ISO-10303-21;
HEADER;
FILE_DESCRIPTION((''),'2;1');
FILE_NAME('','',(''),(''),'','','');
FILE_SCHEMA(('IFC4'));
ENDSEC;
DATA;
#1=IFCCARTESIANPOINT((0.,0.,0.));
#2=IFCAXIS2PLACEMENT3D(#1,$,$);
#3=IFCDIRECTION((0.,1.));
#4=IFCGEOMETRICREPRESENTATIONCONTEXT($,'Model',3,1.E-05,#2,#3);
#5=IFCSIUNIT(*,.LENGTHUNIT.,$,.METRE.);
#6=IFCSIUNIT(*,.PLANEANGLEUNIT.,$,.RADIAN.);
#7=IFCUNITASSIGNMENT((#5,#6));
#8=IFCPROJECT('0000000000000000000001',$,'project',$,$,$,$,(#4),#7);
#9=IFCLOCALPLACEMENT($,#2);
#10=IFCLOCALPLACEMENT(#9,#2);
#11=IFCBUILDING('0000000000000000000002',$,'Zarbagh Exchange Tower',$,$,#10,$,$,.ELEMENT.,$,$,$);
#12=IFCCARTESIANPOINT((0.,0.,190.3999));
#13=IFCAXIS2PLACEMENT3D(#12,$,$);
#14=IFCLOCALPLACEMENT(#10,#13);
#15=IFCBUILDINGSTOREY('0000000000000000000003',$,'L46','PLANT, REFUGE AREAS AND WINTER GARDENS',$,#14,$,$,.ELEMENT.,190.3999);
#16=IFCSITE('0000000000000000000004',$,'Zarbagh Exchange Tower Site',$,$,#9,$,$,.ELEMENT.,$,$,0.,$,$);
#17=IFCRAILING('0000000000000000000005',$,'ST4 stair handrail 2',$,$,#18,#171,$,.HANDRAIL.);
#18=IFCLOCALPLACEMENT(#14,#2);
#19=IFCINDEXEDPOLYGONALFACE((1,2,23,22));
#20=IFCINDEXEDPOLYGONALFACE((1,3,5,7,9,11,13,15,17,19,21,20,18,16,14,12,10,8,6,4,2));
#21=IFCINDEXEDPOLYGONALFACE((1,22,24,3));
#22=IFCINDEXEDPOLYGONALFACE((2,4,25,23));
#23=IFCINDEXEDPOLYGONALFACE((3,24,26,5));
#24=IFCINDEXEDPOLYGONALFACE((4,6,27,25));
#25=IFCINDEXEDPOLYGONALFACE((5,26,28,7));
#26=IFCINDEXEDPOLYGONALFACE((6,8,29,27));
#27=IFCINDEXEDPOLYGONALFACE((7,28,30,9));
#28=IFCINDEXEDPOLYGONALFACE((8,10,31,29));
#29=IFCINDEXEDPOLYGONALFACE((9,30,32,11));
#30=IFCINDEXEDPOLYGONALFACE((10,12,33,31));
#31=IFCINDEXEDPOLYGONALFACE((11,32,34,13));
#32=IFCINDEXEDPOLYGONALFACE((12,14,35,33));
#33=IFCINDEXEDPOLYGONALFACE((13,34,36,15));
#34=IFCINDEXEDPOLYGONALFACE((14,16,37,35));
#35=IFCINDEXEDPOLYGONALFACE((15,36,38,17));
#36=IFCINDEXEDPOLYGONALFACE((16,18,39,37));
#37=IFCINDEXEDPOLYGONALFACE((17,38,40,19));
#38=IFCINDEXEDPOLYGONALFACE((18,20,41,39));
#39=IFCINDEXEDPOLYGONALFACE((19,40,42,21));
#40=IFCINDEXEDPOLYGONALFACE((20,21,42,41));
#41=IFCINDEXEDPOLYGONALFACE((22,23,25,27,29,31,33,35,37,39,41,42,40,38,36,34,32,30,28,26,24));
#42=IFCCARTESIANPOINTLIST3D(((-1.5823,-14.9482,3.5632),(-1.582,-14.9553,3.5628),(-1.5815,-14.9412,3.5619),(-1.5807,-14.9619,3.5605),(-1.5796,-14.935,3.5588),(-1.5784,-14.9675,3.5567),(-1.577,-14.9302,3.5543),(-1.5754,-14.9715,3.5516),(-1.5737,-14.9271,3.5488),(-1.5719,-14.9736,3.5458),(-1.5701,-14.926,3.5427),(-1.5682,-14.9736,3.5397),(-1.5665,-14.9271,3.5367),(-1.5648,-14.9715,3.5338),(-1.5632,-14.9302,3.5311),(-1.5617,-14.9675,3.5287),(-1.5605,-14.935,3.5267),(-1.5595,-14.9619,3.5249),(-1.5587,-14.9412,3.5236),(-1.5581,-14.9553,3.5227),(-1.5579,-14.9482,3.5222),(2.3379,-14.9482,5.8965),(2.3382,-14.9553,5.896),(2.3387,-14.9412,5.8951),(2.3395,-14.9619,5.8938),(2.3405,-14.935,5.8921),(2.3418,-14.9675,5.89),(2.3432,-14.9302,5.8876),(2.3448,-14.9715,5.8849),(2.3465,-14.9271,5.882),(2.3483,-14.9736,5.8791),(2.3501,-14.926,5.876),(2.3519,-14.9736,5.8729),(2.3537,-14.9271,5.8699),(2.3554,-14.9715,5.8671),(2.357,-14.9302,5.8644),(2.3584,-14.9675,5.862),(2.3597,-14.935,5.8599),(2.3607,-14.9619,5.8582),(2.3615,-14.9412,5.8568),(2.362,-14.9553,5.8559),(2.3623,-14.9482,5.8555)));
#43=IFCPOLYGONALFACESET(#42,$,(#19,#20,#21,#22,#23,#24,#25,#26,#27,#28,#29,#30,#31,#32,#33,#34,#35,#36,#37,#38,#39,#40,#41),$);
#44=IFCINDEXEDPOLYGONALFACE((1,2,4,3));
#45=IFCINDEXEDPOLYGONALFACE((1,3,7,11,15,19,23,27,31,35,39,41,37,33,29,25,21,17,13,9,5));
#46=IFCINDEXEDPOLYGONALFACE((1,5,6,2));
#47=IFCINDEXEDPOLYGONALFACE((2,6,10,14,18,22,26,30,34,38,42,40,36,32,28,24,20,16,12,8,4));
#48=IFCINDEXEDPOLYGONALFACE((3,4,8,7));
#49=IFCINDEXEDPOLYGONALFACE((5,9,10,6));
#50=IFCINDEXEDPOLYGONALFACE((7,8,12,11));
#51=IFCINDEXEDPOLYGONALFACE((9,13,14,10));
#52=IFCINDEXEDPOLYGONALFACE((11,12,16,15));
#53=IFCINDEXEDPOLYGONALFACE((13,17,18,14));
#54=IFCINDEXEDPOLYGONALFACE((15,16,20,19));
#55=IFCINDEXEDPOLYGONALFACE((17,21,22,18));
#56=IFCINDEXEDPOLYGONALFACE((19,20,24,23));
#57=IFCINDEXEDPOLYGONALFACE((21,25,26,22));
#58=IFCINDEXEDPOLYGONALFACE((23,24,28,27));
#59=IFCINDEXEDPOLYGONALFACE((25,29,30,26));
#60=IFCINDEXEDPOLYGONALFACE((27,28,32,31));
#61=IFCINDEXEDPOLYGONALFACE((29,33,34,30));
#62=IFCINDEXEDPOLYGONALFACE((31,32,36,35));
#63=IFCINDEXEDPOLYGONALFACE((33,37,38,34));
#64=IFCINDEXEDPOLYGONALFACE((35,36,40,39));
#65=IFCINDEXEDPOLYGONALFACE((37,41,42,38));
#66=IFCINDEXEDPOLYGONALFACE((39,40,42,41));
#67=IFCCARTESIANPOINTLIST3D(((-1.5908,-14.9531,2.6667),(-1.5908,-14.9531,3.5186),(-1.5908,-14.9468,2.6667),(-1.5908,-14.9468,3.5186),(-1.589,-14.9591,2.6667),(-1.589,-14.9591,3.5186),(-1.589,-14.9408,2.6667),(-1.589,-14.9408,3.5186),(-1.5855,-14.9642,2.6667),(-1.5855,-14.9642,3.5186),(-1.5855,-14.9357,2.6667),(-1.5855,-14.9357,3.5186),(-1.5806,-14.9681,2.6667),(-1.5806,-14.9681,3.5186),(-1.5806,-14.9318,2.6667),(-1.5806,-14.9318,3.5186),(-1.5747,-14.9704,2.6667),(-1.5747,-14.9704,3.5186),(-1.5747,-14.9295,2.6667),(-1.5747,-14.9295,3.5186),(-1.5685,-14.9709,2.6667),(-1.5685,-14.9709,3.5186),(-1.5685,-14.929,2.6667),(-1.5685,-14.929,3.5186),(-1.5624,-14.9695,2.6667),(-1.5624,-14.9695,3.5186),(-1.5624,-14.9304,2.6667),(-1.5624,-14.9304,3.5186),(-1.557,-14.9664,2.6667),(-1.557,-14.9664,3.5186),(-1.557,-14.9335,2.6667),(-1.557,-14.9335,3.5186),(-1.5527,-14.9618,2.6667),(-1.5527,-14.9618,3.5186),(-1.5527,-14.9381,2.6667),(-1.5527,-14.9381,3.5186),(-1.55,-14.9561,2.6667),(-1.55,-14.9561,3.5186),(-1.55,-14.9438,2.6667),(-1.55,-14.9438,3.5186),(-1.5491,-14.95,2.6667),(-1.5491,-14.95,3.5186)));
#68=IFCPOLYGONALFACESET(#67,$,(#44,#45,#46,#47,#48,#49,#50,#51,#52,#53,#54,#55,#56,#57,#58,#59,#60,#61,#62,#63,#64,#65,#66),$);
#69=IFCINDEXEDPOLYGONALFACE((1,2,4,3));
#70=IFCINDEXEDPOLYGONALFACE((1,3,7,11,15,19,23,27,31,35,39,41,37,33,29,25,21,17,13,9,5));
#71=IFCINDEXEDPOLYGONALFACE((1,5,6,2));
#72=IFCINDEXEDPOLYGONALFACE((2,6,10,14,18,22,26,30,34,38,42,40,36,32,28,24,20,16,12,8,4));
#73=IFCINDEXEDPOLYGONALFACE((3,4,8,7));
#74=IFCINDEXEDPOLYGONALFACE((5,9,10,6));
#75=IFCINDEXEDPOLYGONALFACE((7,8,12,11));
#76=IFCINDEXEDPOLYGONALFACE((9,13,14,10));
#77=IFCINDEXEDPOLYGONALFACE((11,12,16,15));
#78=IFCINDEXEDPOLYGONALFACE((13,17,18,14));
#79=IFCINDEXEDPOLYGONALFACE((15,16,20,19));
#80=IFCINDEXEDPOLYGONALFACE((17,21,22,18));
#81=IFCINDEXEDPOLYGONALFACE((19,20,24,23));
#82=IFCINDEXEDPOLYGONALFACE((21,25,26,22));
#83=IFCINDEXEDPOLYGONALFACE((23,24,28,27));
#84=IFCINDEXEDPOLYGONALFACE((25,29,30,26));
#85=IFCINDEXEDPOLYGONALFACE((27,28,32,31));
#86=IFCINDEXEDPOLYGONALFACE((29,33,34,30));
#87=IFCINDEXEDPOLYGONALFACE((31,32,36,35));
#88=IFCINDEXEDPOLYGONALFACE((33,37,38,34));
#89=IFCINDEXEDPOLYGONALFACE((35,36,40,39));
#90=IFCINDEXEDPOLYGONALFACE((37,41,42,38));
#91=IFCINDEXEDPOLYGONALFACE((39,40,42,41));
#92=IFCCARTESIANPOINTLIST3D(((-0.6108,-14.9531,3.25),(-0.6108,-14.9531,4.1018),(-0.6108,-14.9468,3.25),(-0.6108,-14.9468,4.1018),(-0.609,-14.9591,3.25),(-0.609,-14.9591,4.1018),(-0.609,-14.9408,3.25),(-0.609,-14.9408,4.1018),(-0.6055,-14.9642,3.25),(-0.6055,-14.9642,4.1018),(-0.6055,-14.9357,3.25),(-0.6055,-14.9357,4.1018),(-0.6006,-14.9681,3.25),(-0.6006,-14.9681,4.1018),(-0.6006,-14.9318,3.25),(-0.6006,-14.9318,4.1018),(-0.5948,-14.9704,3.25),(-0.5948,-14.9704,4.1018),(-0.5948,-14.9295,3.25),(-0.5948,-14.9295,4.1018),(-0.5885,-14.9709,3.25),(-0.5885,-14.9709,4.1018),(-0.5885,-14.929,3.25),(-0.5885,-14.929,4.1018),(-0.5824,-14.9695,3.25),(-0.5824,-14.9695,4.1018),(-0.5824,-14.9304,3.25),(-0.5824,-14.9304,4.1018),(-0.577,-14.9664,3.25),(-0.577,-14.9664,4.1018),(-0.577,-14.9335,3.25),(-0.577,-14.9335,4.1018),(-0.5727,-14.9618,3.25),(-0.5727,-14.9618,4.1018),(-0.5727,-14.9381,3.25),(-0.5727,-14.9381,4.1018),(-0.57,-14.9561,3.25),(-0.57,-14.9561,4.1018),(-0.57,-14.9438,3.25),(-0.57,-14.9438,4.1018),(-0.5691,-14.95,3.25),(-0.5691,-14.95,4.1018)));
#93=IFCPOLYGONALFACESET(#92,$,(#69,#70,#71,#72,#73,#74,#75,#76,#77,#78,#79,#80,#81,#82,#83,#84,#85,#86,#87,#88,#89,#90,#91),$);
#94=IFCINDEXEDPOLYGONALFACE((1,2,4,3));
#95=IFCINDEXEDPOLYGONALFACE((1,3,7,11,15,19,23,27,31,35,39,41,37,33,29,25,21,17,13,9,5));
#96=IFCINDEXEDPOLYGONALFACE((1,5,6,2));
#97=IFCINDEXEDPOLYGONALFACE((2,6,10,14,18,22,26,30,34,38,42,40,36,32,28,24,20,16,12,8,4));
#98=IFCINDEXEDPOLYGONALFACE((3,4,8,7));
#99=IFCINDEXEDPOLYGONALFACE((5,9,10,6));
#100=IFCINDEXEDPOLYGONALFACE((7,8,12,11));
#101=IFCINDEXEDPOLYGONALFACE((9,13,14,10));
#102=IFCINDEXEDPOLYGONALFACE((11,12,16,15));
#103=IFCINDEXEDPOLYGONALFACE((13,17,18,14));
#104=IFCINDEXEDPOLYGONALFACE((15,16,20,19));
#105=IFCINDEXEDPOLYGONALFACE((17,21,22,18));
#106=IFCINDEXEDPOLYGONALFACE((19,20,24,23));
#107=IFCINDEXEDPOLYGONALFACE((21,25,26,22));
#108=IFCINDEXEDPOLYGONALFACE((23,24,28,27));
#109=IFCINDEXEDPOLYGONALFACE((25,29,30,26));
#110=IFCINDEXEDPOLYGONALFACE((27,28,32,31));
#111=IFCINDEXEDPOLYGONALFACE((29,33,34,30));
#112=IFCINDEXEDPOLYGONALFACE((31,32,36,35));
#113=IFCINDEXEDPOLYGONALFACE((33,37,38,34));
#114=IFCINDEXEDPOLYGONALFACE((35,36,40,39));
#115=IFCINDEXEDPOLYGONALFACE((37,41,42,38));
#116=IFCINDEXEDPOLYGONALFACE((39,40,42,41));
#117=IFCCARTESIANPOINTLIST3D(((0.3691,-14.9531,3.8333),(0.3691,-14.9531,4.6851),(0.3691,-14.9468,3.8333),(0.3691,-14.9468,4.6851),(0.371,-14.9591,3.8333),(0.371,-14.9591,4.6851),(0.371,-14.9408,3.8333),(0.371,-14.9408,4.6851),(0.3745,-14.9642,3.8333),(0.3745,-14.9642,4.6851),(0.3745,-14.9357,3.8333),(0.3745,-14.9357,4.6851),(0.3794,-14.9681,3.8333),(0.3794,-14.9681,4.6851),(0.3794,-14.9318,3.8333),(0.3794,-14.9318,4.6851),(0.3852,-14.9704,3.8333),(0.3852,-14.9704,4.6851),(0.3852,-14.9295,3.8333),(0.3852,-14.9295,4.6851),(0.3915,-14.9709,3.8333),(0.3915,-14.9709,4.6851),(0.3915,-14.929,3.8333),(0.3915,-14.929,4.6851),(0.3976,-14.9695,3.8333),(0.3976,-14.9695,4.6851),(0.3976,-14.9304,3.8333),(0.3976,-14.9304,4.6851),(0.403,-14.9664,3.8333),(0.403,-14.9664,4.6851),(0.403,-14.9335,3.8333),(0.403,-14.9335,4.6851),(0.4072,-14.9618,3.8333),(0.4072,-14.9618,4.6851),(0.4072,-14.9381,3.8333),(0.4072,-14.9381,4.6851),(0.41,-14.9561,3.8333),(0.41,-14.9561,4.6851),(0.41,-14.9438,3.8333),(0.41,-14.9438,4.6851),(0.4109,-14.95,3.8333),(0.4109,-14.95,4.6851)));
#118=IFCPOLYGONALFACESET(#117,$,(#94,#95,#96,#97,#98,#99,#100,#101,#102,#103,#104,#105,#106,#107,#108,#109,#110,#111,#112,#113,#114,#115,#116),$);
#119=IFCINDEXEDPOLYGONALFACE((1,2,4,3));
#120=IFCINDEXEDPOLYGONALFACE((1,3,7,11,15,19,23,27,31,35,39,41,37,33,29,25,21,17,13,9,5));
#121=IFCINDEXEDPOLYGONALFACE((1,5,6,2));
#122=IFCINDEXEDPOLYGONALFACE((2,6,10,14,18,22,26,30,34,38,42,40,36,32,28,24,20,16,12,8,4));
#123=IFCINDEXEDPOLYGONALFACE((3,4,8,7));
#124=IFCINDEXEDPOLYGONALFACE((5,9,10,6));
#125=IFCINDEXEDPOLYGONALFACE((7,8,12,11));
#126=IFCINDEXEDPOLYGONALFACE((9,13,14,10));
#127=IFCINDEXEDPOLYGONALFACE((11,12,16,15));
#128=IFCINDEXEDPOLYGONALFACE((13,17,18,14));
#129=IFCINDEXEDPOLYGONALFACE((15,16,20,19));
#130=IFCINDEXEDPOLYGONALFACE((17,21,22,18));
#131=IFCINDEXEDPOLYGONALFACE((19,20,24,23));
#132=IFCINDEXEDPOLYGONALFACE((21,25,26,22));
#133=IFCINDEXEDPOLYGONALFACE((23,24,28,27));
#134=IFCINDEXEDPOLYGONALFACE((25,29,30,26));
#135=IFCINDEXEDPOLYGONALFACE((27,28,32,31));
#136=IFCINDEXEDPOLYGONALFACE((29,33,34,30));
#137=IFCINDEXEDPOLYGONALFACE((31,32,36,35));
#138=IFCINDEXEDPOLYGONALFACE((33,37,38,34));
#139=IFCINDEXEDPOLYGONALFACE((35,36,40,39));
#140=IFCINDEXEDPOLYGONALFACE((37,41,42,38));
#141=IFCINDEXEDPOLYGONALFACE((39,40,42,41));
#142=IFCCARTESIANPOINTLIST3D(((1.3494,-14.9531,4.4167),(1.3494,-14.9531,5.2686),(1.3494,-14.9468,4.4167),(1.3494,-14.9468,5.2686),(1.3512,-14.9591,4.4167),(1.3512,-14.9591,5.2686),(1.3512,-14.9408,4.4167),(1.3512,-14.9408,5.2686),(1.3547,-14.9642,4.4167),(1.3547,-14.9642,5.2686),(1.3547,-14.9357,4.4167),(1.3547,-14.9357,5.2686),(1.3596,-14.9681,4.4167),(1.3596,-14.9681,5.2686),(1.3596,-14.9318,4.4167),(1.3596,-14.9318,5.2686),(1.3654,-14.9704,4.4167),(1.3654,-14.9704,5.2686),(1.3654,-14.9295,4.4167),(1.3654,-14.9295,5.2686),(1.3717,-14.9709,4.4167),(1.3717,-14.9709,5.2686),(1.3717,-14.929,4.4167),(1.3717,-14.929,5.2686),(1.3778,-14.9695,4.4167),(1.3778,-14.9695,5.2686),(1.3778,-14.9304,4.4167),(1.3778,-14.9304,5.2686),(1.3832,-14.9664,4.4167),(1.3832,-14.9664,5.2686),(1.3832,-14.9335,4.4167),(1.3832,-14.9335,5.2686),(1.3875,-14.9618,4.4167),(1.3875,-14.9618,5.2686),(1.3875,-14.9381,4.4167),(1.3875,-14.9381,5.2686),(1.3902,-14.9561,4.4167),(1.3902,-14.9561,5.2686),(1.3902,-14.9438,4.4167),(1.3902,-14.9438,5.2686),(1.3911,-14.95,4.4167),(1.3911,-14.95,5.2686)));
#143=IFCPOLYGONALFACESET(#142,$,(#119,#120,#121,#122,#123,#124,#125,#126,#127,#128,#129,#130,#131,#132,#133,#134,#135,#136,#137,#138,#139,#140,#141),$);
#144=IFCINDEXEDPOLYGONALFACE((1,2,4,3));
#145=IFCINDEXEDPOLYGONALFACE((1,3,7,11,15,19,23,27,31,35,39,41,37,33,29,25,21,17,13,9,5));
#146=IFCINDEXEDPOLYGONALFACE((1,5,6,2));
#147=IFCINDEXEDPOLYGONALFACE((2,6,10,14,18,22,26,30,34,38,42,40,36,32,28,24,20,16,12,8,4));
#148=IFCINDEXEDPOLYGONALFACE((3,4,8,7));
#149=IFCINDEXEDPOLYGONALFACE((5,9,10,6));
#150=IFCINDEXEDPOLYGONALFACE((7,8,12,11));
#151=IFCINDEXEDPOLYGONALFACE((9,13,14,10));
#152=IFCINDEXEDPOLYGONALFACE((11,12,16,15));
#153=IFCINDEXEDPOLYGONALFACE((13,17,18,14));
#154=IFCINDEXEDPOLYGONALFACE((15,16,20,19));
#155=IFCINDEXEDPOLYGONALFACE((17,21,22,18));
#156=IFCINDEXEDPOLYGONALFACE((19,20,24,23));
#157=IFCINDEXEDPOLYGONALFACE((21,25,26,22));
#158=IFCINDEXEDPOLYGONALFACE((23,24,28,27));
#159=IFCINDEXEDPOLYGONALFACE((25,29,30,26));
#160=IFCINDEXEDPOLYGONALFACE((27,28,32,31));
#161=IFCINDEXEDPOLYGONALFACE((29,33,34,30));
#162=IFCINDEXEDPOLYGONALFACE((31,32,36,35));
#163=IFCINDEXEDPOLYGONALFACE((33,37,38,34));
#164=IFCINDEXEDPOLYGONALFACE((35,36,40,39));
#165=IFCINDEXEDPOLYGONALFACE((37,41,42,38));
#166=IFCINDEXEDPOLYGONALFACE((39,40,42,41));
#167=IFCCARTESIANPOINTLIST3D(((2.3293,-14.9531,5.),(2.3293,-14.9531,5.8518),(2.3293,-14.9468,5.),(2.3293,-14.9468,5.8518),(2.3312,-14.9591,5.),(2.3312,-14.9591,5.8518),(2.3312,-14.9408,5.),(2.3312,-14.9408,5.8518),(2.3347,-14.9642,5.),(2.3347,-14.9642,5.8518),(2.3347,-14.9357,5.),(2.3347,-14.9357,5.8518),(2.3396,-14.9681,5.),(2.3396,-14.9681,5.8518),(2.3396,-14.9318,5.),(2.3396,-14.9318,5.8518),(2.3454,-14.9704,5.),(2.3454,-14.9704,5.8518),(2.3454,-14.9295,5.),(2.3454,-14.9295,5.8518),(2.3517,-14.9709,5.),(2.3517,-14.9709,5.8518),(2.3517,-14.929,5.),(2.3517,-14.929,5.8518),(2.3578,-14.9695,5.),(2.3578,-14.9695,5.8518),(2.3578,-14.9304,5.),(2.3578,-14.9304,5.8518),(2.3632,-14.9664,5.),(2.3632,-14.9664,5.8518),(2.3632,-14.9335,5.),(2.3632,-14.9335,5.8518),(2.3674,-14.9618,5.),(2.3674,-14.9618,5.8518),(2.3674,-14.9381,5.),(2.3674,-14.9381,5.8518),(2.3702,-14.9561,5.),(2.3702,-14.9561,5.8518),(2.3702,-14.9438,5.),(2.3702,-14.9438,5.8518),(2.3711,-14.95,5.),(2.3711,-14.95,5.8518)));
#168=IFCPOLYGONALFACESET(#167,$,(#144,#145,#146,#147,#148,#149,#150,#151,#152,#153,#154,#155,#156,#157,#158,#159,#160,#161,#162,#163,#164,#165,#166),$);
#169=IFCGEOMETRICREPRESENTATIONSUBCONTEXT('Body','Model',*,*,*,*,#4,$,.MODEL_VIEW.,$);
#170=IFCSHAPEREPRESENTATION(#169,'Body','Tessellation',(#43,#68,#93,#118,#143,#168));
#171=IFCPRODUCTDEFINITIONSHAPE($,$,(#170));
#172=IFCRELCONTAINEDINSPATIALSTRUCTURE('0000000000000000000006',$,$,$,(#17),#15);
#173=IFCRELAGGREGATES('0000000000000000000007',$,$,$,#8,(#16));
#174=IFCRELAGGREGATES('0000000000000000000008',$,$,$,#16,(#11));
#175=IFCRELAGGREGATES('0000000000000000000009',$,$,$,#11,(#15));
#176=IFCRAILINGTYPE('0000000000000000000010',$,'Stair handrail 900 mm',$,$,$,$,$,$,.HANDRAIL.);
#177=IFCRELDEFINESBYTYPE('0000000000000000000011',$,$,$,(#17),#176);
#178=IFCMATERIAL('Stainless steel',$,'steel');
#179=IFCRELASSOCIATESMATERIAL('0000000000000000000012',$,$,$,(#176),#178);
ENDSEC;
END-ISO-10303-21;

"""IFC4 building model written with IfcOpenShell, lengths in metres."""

from ifc_helpers import new_model, si_unit, direction, frame, origin, origin_2d, place, context, subcontext, project, spatial, circle, extrude, material, type_object, element, save


model = new_model("IFC4")

# Units and contexts
model_context = context("Model", 3, precision=1e-05, world=origin(), true_north=direction((0.0, 1.0)))
body_context = subcontext(model_context, "Body", "Model", "MODEL_VIEW")
ifc_project = project(units=[si_unit("LENGTHUNIT", "METRE"), si_unit("PLANEANGLEUNIT", "RADIAN")], contexts=[model_context])

# Site, building, storey
site_placement = place(None, origin())
site = spatial("IfcSite", under=ifc_project, at=site_placement, Name="Zarbagh Exchange Tower Site", CompositionType="ELEMENT", RefElevation=0.0)
building_placement = place(site_placement, origin())
building = spatial("IfcBuilding", under=site, at=building_placement, Name="Zarbagh Exchange Tower", CompositionType="ELEMENT")
storey_placement = place(building_placement, frame((0.0, 0.0, 190.3999)))
storey = spatial("IfcBuildingStorey", under=building, at=storey_placement, Name="L46", Description="PLANT, REFUGE AREAS AND WINTER GARDENS", CompositionType="ELEMENT", Elevation=190.3999)

# Railing
ifc_material_1 = material(Name="Stainless steel", Category="steel")
railing_type_1 = type_object("IfcRailingType", Name="Stair handrail 900 mm", PredefinedType="HANDRAIL", material=ifc_material_1)
railing_1_placement = place(storey_placement, frame((-1.5701, -14.95, 2.6667)))
element("IfcRailing", 1, at=railing_1_placement, inside=storey, type_object=railing_type_1, Name="ST4 stair handrail 2", PredefinedType="HANDRAIL", context=body_context, shape_type="SweptSolid", body=[
    extrude(circle(Radius=0.0239, at=origin_2d()), frame((0.0, 0.0, 0.876), z_axis=(0.85931, 0.0, 0.511455), x_axis=(0.0, 1.0, 0.0)), (0.0, 0.0, 1.0), 4.562),
    extrude(circle(Radius=0.021, at=origin_2d()), origin(), (0.0, 0.0, 1.0), 0.8518),
    extrude(circle(Radius=0.021, at=origin_2d()), frame((0.98, 0.0, 0.5833)), (0.0, 0.0, 1.0), 0.8518),
    extrude(circle(Radius=0.021, at=origin_2d()), frame((1.96, 0.0, 1.1665)), (0.0, 0.0, 1.0), 0.8518),
    extrude(circle(Radius=0.021, at=origin_2d()), frame((2.9402, 0.0, 1.75)), (0.0, 0.0, 1.0), 0.8518),
    extrude(circle(Radius=0.021, at=origin_2d()), frame((3.9202, 0.0, 2.3333)), (0.0, 0.0, 1.0), 0.8518),
])

save(model, "model.ifc")
